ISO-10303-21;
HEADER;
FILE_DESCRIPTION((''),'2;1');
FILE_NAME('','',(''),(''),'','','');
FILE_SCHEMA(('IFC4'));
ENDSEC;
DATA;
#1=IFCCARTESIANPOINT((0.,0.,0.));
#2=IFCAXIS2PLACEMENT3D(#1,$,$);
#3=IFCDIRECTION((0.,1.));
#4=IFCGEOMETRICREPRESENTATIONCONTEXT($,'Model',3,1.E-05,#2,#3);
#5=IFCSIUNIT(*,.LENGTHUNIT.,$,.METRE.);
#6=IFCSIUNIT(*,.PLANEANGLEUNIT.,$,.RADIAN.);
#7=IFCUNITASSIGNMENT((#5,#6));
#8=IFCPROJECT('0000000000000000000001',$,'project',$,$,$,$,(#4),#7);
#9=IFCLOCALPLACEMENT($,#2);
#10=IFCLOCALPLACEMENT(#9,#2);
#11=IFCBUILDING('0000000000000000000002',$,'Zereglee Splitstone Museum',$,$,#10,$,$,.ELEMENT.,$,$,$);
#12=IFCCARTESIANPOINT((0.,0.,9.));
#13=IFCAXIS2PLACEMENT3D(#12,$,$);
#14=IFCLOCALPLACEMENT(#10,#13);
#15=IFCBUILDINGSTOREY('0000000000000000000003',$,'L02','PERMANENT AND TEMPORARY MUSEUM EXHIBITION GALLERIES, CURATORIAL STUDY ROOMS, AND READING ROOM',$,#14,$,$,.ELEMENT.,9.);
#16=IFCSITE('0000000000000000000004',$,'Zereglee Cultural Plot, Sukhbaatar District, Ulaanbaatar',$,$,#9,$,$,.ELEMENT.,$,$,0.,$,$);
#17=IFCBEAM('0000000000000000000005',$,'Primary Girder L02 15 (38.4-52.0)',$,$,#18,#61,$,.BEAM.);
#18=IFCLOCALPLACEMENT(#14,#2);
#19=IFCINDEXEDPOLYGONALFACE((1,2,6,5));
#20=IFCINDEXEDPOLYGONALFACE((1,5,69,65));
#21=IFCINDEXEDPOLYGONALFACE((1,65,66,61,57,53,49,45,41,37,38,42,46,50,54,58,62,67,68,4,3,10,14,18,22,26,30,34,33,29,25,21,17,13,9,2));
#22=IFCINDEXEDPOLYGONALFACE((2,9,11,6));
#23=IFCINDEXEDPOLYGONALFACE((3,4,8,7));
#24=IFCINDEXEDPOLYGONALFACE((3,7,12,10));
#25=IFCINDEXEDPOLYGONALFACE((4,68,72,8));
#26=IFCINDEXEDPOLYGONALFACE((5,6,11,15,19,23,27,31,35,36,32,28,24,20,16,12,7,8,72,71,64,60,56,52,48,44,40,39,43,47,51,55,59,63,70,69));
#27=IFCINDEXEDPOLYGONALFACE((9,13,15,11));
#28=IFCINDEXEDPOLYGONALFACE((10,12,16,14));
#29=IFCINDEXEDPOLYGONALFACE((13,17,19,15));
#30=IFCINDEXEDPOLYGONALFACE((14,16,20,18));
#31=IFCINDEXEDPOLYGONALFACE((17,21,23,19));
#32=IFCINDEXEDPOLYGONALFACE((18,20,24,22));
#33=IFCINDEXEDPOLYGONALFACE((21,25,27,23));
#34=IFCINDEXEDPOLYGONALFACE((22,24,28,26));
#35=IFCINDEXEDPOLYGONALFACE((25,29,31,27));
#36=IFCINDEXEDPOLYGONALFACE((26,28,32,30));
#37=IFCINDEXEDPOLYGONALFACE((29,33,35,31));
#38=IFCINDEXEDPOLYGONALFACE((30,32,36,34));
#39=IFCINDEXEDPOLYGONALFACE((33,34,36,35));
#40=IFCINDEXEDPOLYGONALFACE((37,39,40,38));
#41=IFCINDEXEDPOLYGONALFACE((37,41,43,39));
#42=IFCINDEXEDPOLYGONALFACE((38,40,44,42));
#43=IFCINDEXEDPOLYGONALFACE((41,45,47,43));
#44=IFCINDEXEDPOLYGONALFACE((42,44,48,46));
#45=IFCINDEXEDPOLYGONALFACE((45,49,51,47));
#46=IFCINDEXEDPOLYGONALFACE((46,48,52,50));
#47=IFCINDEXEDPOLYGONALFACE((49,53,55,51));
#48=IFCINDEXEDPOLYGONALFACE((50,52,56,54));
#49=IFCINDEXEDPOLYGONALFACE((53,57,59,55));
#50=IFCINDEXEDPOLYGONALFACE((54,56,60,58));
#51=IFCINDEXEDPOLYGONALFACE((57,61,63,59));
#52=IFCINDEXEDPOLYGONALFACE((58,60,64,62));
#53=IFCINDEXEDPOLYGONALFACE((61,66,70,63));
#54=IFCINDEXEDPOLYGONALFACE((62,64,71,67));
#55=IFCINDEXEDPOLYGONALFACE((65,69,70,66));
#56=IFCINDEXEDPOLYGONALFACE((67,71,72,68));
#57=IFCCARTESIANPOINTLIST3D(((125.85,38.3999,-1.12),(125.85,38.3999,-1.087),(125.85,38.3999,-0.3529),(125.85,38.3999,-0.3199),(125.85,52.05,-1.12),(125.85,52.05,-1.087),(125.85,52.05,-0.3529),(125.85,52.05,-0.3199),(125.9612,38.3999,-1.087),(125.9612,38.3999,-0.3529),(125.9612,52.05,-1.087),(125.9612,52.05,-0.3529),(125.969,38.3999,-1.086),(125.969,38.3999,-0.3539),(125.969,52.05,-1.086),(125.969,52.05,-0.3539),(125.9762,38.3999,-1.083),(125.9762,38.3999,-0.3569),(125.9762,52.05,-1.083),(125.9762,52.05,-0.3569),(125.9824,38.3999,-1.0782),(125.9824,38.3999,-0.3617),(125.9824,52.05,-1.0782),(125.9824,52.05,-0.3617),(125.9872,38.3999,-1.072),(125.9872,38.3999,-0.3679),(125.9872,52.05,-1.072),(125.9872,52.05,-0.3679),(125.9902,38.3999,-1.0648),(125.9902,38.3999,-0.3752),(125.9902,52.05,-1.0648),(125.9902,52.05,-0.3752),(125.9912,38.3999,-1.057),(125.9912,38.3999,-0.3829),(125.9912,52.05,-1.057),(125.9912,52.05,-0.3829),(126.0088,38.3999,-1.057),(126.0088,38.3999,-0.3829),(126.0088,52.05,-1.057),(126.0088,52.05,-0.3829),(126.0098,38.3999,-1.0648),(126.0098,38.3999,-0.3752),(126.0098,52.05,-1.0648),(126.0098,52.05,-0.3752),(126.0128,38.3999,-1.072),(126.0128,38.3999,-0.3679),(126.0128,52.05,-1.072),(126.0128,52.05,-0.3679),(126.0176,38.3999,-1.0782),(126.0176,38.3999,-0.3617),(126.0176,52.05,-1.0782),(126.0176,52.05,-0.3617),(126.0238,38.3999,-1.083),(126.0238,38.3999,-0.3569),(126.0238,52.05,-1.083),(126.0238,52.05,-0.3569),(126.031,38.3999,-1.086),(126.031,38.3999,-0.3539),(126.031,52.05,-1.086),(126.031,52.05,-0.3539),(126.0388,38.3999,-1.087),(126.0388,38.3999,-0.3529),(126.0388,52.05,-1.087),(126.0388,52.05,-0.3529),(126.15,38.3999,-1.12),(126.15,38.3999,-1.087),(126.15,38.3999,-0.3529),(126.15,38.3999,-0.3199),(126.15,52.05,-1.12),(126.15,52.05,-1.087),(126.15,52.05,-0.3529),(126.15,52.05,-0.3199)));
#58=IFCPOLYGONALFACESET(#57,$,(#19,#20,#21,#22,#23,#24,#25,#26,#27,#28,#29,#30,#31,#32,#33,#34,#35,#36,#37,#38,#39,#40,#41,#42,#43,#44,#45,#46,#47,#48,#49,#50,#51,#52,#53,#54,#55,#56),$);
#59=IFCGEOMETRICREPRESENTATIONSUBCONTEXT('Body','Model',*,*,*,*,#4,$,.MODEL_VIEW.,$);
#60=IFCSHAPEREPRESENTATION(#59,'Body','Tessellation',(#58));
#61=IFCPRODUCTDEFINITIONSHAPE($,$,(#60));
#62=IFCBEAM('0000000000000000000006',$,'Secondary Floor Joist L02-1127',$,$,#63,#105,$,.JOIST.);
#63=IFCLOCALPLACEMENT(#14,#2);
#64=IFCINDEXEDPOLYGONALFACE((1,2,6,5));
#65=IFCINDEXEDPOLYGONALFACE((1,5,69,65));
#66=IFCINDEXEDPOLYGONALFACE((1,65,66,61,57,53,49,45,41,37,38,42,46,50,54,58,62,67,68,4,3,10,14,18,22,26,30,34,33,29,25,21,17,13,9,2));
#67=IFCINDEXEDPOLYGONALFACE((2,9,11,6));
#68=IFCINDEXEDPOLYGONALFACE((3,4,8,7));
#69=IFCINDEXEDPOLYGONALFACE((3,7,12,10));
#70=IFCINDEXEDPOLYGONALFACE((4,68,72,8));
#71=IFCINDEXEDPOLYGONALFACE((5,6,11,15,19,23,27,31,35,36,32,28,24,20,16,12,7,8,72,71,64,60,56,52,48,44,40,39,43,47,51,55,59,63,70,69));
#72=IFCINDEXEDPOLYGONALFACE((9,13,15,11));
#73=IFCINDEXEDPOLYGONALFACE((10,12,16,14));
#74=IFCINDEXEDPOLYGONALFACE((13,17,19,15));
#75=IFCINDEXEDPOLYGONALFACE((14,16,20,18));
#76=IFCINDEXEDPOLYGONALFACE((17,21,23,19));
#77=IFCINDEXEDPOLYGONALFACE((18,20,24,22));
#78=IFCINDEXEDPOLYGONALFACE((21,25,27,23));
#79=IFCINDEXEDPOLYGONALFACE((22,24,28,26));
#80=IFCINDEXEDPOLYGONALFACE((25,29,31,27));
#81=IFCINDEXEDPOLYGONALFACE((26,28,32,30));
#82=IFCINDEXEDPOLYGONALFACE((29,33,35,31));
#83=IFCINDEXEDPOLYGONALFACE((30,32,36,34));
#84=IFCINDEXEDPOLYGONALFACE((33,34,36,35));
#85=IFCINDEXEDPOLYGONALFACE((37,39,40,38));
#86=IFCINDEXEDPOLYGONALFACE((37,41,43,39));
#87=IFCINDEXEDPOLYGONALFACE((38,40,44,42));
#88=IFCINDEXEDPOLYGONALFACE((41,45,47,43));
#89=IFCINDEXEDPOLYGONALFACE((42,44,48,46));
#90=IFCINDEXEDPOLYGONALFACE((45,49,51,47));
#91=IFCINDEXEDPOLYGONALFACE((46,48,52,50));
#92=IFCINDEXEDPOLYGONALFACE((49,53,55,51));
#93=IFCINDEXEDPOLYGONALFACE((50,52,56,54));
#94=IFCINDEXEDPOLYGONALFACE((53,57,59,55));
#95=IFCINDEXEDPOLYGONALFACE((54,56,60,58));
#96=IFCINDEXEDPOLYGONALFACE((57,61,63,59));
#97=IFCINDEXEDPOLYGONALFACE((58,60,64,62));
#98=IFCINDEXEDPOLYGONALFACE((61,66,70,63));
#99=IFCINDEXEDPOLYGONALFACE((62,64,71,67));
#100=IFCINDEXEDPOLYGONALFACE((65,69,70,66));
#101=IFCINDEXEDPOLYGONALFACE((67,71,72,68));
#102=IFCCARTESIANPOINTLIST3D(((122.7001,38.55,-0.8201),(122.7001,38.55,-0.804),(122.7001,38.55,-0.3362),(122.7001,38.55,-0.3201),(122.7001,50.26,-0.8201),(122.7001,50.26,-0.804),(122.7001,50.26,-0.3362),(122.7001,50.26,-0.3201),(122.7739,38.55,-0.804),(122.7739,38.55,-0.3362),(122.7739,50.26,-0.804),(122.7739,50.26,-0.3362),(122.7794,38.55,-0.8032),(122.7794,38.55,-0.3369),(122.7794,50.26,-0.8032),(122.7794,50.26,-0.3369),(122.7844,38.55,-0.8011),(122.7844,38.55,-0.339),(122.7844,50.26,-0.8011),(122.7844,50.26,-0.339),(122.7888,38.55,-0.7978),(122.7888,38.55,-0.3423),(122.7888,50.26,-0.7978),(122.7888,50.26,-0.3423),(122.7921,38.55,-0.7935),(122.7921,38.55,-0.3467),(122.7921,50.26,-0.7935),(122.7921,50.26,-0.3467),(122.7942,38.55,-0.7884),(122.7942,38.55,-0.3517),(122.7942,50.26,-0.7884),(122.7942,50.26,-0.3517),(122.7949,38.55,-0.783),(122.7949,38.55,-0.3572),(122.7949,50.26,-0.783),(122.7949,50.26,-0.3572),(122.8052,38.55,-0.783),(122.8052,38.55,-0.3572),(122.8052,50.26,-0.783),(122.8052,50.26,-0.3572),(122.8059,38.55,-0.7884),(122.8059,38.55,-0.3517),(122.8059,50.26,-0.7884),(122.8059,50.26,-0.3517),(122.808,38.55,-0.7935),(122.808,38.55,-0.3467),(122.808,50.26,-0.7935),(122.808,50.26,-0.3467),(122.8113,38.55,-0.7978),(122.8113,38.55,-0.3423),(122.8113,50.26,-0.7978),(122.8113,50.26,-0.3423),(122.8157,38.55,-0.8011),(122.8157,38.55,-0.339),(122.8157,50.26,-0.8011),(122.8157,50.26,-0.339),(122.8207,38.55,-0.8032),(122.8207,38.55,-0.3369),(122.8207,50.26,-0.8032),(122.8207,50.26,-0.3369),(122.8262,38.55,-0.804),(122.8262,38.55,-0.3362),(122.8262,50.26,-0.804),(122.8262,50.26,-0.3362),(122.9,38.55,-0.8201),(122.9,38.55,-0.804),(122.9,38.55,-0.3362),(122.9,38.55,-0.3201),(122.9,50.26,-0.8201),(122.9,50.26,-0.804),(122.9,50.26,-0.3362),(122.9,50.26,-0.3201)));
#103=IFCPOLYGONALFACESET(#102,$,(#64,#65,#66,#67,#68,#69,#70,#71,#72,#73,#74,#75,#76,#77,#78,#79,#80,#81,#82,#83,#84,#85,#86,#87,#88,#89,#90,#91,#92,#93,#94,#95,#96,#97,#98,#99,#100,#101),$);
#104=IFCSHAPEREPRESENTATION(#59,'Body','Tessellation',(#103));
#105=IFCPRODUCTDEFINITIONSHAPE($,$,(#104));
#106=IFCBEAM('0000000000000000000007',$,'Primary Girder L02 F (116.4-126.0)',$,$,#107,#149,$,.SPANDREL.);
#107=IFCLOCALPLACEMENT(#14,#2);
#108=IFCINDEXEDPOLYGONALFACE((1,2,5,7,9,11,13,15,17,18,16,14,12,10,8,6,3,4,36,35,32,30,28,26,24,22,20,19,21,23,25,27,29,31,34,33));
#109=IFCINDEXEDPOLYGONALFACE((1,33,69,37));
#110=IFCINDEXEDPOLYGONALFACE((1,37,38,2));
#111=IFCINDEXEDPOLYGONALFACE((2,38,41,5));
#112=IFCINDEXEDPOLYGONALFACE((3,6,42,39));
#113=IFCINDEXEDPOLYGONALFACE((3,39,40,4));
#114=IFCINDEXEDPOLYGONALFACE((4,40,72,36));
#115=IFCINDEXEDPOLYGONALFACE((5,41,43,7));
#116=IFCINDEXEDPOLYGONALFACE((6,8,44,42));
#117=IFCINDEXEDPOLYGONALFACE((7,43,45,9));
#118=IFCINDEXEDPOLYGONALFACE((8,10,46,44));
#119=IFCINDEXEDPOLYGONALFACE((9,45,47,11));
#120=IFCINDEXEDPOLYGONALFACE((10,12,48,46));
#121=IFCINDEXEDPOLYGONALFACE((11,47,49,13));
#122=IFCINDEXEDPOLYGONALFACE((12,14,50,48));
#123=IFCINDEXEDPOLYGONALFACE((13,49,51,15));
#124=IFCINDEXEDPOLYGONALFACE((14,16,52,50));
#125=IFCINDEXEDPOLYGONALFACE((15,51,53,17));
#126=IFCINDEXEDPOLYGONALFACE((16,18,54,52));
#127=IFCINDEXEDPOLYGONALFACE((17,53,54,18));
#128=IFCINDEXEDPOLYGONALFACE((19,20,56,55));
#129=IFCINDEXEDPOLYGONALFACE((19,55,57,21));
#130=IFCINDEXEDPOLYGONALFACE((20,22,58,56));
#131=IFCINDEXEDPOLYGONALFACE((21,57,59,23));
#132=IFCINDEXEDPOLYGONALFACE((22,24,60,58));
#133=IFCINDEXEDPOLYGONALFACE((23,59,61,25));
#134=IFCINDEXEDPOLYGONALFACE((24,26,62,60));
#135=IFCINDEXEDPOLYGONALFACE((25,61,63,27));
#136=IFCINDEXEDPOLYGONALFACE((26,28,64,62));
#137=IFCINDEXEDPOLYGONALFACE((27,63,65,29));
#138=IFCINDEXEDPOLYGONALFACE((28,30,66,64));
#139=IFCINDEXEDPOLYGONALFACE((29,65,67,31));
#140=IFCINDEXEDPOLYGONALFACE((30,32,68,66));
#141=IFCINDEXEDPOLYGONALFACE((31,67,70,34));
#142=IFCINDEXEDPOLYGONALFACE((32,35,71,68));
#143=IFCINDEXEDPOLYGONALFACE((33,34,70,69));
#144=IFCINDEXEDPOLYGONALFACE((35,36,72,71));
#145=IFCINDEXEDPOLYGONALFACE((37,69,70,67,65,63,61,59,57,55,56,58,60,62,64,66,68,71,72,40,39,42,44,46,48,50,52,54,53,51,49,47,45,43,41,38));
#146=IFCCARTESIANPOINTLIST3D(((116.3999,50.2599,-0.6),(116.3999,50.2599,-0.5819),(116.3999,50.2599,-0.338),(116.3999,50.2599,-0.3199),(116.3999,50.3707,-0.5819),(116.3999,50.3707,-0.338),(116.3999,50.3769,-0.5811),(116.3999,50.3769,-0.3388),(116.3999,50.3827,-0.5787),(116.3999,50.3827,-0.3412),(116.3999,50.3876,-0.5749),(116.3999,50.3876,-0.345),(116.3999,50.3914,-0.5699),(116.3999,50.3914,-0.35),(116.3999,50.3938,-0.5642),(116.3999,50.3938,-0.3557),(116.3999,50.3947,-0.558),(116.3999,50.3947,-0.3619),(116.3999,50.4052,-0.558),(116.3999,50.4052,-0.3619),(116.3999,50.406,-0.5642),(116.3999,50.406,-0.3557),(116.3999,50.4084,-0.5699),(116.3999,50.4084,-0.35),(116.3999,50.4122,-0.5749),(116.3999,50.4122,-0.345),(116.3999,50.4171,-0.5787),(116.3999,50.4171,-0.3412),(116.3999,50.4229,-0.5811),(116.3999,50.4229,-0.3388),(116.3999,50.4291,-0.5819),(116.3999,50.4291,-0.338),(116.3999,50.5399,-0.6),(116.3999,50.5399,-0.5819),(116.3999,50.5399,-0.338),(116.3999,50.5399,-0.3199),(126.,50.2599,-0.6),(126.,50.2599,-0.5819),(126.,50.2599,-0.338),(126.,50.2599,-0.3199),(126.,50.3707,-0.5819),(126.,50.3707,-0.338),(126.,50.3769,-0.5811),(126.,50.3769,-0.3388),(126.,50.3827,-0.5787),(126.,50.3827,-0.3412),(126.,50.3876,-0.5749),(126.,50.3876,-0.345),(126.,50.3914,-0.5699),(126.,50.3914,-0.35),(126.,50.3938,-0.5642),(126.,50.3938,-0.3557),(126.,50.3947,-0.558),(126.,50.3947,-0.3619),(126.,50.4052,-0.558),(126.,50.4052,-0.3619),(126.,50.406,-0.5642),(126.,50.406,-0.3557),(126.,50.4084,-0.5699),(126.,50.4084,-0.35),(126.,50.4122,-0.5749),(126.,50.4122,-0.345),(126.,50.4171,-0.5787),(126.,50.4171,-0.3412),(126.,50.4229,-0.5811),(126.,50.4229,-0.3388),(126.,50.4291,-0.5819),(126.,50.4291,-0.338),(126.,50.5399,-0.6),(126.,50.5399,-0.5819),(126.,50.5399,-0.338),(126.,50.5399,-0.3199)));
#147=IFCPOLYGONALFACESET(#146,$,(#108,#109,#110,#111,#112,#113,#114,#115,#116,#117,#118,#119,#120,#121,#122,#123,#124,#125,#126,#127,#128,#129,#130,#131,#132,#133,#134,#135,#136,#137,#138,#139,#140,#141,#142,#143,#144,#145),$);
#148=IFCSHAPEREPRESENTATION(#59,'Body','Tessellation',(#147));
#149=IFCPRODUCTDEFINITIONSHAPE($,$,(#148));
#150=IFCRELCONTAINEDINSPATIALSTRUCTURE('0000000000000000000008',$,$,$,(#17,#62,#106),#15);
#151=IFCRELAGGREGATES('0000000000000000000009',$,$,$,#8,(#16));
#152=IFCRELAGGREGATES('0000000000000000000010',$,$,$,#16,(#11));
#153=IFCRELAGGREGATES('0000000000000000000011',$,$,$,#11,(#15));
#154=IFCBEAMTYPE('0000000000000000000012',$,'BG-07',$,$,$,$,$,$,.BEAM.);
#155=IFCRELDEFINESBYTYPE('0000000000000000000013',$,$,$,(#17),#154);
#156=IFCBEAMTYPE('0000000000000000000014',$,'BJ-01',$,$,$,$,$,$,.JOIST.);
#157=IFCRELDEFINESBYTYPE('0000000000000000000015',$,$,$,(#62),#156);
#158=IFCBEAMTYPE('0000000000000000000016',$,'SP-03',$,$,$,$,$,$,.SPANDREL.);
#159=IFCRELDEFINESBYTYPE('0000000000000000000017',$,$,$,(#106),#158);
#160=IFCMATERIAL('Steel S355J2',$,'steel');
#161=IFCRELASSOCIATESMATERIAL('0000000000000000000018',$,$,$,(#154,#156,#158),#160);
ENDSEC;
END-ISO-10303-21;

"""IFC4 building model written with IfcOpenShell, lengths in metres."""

from ifc_helpers import new_model, si_unit, direction, frame, origin, origin_2d, place, context, subcontext, project, spatial, i_section, extrude, material, material_profile, profile_set, type_object, element, save


model = new_model("IFC4")

# Units and contexts
model_context = context("Model", 3, precision=1e-05, world=origin(), true_north=direction((0.0, 1.0)))
body_context = subcontext(model_context, "Body", "Model", "MODEL_VIEW")
ifc_project = project(units=[si_unit("LENGTHUNIT", "METRE"), si_unit("PLANEANGLEUNIT", "RADIAN")], contexts=[model_context])

# Site, building, storey
site_placement = place(None, origin())
site = spatial("IfcSite", under=ifc_project, at=site_placement, Name="Zereglee Cultural Plot, Sukhbaatar District, Ulaanbaatar", CompositionType="ELEMENT", RefElevation=0.0)
building_placement = place(site_placement, origin())
building = spatial("IfcBuilding", under=site, at=building_placement, Name="Zereglee Splitstone Museum", CompositionType="ELEMENT")
storey_placement = place(building_placement, frame((0.0, 0.0, 9.0)))
storey = spatial("IfcBuildingStorey", under=building, at=storey_placement, Name="L02", Description="PERMANENT AND TEMPORARY MUSEUM EXHIBITION GALLERIES, CURATORIAL STUDY ROOMS, AND READING ROOM", CompositionType="ELEMENT", Elevation=9.0)

# Shared definitions
ifc_material_1 = material(Name="Steel S355J2", Category="steel")

# Beams
ifc_material_profile_1 = material_profile(ifc_material_1, i_section(OverallWidth=0.3, OverallDepth=0.8, WebThickness=0.0176, FlangeThickness=0.033, FilletRadius=0.03, at=origin_2d()), Name="HE 800 B")
ifc_profile_set_1 = profile_set([ifc_material_profile_1], Name="Steel S355J2")
beam_type_1 = type_object("IfcBeamType", Name="BG-07", PredefinedType="BEAM", material=ifc_profile_set_1)
for number, where, z_axis, x_axis, name in (
    (1, (126.0, 38.3999, -0.72), (0.0, 1.0, 0.0), (-1.0, 0.0, 0.0), "Primary Girder L02 15 (38.4-52.0)"),
):
    element("IfcBeam", number, at=place(storey_placement, frame(where, z_axis=z_axis, x_axis=x_axis)), inside=storey, type_object=beam_type_1, Name=name, PredefinedType="BEAM", context=body_context, shape_type="SweptSolid", body=[
        extrude(i_section(OverallWidth=0.3, OverallDepth=0.8, WebThickness=0.0176, FlangeThickness=0.033, FilletRadius=0.03, at=origin_2d()), origin(), (0.0, 0.0, 1.0), 13.6501),
    ])
ifc_material_profile_2 = material_profile(ifc_material_1, i_section(OverallWidth=0.2, OverallDepth=0.5, WebThickness=0.0103, FlangeThickness=0.0161, FilletRadius=0.021, at=origin_2d()), Name="IPE 500")
ifc_profile_set_2 = profile_set([ifc_material_profile_2], Name="Steel S355J2")
beam_type_2 = type_object("IfcBeamType", Name="BJ-01", PredefinedType="JOIST", material=ifc_profile_set_2)
beam_1_placement = place(storey_placement, frame((122.8, 38.55, -0.5701), z_axis=(0.0, 1.0, 0.0), x_axis=(-1.0, 0.0, 0.0)))
element("IfcBeam", 2, at=beam_1_placement, inside=storey, type_object=beam_type_2, Name="Secondary Floor Joist L02-1127", PredefinedType="JOIST", context=body_context, shape_type="SweptSolid", body=[
    extrude(i_section(OverallWidth=0.2, OverallDepth=0.5, WebThickness=0.0103, FlangeThickness=0.0161, FilletRadius=0.021, at=origin_2d()), origin(), (0.0, 0.0, 1.0), 11.71),
])
ifc_material_profile_3 = material_profile(ifc_material_1, i_section(OverallWidth=0.28, OverallDepth=0.28, WebThickness=0.0105, FlangeThickness=0.0181, FilletRadius=0.0239, at=origin_2d()), Name="HE 280 B")
ifc_profile_set_3 = profile_set([ifc_material_profile_3], Name="Steel S355J2")
beam_type_3 = type_object("IfcBeamType", Name="SP-03", PredefinedType="SPANDREL", material=ifc_profile_set_3)
beam_2_placement = place(storey_placement, frame((116.3999, 50.3999, -0.46), z_axis=(1.0, 0.0, 0.0), x_axis=(0.0, 1.0, 0.0)))
element("IfcBeam", 3, at=beam_2_placement, inside=storey, type_object=beam_type_3, Name="Primary Girder L02 F (116.4-126.0)", PredefinedType="SPANDREL", context=body_context, shape_type="SweptSolid", body=[
    extrude(i_section(OverallWidth=0.28, OverallDepth=0.28, WebThickness=0.0105, FlangeThickness=0.0181, FilletRadius=0.0239, at=origin_2d()), origin(), (0.0, 0.0, 1.0), 9.6001),
])

save(model, "model.ifc")
